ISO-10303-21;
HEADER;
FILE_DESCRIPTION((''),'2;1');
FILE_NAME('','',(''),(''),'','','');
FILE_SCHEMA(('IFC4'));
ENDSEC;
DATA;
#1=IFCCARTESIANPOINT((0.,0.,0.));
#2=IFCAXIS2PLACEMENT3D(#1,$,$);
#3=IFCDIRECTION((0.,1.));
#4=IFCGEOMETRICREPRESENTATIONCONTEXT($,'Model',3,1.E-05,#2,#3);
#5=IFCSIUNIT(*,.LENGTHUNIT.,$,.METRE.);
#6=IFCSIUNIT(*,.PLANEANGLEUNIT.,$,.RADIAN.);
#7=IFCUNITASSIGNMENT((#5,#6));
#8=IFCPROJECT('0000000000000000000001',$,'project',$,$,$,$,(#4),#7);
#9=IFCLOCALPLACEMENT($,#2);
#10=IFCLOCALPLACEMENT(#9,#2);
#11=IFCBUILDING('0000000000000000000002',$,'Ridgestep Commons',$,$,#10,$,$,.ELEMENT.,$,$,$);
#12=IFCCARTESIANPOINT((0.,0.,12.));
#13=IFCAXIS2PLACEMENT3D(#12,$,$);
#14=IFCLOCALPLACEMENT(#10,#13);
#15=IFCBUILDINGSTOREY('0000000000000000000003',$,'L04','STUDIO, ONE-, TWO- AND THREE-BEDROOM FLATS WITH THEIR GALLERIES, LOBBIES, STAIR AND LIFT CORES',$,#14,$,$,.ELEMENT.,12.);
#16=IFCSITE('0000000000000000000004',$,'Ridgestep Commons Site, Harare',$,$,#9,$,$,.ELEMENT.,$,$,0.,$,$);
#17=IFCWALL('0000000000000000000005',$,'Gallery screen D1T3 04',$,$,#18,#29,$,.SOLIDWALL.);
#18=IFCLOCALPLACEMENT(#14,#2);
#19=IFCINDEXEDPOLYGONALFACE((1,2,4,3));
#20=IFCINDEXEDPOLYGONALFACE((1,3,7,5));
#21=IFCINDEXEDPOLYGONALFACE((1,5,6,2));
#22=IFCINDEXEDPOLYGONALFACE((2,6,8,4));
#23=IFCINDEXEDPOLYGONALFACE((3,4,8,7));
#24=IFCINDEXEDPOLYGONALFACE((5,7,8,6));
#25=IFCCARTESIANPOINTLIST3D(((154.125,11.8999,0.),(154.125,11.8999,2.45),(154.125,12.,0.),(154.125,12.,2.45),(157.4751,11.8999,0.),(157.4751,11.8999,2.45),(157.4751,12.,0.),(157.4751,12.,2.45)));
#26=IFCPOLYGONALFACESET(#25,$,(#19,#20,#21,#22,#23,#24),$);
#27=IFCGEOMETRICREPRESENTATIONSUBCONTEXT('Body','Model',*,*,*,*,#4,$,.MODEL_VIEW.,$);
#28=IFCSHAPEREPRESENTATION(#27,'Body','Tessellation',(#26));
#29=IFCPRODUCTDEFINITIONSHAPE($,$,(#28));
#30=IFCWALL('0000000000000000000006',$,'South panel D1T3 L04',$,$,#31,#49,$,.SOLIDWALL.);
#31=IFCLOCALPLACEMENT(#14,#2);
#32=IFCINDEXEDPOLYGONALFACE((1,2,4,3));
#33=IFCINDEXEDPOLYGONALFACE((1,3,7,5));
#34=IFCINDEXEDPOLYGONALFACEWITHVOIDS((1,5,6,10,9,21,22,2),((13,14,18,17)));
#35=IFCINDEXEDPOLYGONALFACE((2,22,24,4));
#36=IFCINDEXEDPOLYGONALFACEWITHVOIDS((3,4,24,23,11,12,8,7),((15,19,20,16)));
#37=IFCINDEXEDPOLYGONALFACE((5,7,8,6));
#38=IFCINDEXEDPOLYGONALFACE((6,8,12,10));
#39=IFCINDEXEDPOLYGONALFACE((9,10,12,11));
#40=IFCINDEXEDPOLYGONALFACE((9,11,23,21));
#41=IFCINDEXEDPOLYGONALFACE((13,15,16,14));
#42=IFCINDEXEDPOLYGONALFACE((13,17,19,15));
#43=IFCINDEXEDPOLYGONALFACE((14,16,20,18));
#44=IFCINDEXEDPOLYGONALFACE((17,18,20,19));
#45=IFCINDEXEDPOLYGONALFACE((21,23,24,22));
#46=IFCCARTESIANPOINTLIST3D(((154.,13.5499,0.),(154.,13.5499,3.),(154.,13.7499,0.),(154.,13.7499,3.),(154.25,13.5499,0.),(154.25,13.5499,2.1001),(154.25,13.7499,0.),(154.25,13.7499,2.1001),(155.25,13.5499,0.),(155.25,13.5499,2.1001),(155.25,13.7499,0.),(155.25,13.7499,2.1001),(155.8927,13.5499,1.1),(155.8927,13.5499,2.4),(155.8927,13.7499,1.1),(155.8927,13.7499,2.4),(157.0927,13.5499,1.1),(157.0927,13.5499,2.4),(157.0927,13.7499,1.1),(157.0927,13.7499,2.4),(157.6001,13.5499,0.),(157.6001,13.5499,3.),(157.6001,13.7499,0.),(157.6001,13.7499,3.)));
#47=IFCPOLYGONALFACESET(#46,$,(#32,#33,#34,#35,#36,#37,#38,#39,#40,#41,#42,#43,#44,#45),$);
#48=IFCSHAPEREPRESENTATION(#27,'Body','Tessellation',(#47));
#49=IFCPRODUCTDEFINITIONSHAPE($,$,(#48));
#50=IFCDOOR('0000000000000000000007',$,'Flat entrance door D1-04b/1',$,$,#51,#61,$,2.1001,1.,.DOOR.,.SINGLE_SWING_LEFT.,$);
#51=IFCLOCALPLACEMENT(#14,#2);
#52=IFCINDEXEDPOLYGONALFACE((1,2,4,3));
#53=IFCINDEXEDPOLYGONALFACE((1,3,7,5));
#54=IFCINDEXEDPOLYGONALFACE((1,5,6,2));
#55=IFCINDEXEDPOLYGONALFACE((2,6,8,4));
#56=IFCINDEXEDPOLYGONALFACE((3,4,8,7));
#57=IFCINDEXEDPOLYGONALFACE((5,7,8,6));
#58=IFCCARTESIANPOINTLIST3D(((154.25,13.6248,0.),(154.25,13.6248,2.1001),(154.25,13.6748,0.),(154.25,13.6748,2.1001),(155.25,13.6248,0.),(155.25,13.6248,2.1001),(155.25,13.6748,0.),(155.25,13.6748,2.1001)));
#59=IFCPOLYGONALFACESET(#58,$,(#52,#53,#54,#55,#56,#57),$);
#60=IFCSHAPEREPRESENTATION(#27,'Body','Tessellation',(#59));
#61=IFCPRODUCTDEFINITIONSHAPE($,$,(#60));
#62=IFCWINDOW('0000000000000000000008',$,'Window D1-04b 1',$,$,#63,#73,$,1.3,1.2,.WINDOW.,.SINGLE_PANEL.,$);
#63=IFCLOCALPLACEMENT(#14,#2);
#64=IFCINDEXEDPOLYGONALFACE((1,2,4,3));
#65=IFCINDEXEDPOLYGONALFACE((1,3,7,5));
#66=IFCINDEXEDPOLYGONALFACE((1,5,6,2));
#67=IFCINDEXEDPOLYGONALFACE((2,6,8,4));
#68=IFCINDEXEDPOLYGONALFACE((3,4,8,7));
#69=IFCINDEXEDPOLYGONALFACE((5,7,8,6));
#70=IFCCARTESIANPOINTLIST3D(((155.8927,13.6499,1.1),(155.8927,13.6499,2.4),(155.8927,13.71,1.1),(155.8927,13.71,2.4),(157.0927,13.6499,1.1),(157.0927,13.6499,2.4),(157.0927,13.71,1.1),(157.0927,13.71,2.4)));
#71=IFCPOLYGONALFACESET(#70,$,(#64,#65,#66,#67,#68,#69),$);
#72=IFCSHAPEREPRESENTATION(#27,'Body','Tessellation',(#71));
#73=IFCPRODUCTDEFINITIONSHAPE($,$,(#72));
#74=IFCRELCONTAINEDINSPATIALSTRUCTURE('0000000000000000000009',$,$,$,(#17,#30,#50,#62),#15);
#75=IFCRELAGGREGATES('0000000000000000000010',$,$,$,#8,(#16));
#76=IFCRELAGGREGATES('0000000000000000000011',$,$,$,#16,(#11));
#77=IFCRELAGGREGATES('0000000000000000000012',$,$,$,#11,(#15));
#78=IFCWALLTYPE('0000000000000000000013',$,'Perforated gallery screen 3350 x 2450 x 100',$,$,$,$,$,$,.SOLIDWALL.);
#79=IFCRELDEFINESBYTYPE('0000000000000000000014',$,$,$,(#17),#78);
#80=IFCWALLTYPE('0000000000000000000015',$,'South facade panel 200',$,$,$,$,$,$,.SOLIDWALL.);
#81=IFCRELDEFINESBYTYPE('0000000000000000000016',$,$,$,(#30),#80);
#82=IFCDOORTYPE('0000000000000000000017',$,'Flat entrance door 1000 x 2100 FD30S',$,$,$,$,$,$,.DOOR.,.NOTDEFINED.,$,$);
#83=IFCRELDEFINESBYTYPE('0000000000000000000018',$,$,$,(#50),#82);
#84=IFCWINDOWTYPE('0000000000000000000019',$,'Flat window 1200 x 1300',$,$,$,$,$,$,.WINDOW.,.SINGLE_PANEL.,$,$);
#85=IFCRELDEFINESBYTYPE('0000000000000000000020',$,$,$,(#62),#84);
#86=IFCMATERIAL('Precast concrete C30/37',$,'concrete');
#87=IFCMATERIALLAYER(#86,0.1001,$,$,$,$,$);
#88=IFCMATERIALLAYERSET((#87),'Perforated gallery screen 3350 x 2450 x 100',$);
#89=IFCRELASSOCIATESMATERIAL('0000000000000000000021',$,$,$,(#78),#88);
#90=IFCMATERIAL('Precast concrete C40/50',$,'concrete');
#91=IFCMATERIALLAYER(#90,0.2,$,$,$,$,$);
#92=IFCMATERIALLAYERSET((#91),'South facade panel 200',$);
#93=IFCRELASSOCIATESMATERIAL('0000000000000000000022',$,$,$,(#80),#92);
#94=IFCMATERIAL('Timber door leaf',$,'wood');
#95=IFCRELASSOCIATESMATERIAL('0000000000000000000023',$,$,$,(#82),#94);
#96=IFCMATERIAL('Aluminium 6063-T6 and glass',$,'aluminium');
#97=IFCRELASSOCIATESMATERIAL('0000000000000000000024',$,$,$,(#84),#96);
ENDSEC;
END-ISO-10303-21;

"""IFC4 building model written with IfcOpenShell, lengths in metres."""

from ifc_helpers import new_model, si_unit, direction, frame, frame_2d, origin, place, context, subcontext, project, spatial, rectangle, extrude, material, layer, layer_set, type_object, element, fill, save


model = new_model("IFC4")

# Units and contexts
model_context = context("Model", 3, precision=1e-05, world=origin(), true_north=direction((0.0, 1.0)))
body_context = subcontext(model_context, "Body", "Model", "MODEL_VIEW")
ifc_project = project(units=[si_unit("LENGTHUNIT", "METRE"), si_unit("PLANEANGLEUNIT", "RADIAN")], contexts=[model_context])

# Site, building, storey
site_placement = place(None, origin())
site = spatial("IfcSite", under=ifc_project, at=site_placement, Name="Ridgestep Commons Site, Harare", CompositionType="ELEMENT", RefElevation=0.0)
building_placement = place(site_placement, origin())
building = spatial("IfcBuilding", under=site, at=building_placement, Name="Ridgestep Commons", CompositionType="ELEMENT")
storey_placement = place(building_placement, frame((0.0, 0.0, 12.0)))
storey = spatial("IfcBuildingStorey", under=building, at=storey_placement, Name="L04", Description="STUDIO, ONE-, TWO- AND THREE-BEDROOM FLATS WITH THEIR GALLERIES, LOBBIES, STAIR AND LIFT CORES", CompositionType="ELEMENT", Elevation=12.0)

# Wall
ifc_material_1 = material(Name="Precast concrete C30/37", Category="concrete")
ifc_layer_1 = layer(ifc_material_1, 0.1001)
ifc_layer_set_1 = layer_set([ifc_layer_1], Name="Perforated gallery screen 3350 x 2450 x 100")
wall_type_1 = type_object("IfcWallType", Name="Perforated gallery screen 3350 x 2450 x 100", PredefinedType="SOLIDWALL", material=ifc_layer_set_1)
wall_1_placement = place(storey_placement, frame((154.125, 11.95, 0.0), z_axis=(0.0, 0.0, 1.0), x_axis=(1.0, 0.0, 0.0)))
element("IfcWall", 1, at=wall_1_placement, inside=storey, type_object=wall_type_1, Name="Gallery screen D1T3 04", PredefinedType="SOLIDWALL", context=body_context, shape_type="SweptSolid", body=[
    extrude(rectangle(XDim=3.3501, YDim=0.1001, at=frame_2d((1.675, 0.0))), origin(), (0.0, 0.0, 1.0), 2.45),
])

# Wall, openings, door, window
ifc_material_2 = material(Name="Precast concrete C40/50", Category="concrete")
ifc_layer_2 = layer(ifc_material_2, 0.2)
ifc_layer_set_2 = layer_set([ifc_layer_2], Name="South facade panel 200")
wall_type_2 = type_object("IfcWallType", Name="South facade panel 200", PredefinedType="SOLIDWALL", material=ifc_layer_set_2)
wall_2_placement = place(storey_placement, frame((154.0, 13.6499, 0.0), z_axis=(0.0, 0.0, 1.0), x_axis=(1.0, 0.0, 0.0)))
wall_2 = element("IfcWall", 2, at=wall_2_placement, inside=storey, type_object=wall_type_2, Name="South panel D1T3 L04", PredefinedType="SOLIDWALL", context=body_context, shape_type="SweptSolid", body=[
    extrude(rectangle(XDim=3.6001, YDim=0.2, at=frame_2d((1.8, 0.0))), origin(), (0.0, 0.0, 1.0), 3.0),
])
opening_1_placement = place(wall_2_placement, frame((1.8926, 0.0, 1.1001)))
opening_1 = element("IfcOpeningElement", 3, at=opening_1_placement, cuts=wall_2, PredefinedType="OPENING", context=body_context, shape_type="SweptSolid", body=[
    extrude(rectangle(XDim=1.2, YDim=1.3, at=frame_2d((0.6001, 0.6499))), frame((0.0, 0.1099, 0.0), z_axis=(0.0, -1.0, 0.0), x_axis=(1.0, 0.0, 0.0)), (0.0, 0.0, 1.0), 0.22),
])
opening_2_placement = place(wall_2_placement, frame((0.25, 0.0, 0.0)))
opening_2 = element("IfcOpeningElement", 4, at=opening_2_placement, cuts=wall_2, PredefinedType="OPENING", context=body_context, shape_type="SweptSolid", body=[
    extrude(rectangle(XDim=1.0, YDim=2.1001, at=frame_2d((0.5, 1.05))), frame((0.0, 0.1099, 0.0), z_axis=(0.0, -1.0, 0.0), x_axis=(1.0, 0.0, 0.0)), (0.0, 0.0, 1.0), 0.22),
])
ifc_material_3 = material(Name="Timber door leaf", Category="wood")
door_type_1 = type_object("IfcDoorType", Name="Flat entrance door 1000 x 2100 FD30S", OperationType="NOTDEFINED", PredefinedType="DOOR", material=ifc_material_3)
door_1_placement = place(opening_2_placement, origin())
door_1 = element("IfcDoor", 5, at=door_1_placement, inside=storey, type_object=door_type_1, Name="Flat entrance door D1-04b/1", OperationType="SINGLE_SWING_LEFT", OverallHeight=2.1001, OverallWidth=1.0, PredefinedType="DOOR", context=body_context, shape_type="SweptSolid", body=[
    extrude(rectangle(XDim=1.0, YDim=2.1001, at=frame_2d((0.5, 1.05))), frame((0.0, 0.0249, 0.0), z_axis=(0.0, -1.0, 0.0), x_axis=(1.0, 0.0, 0.0)), (0.0, 0.0, 1.0), 0.05),
])
fill(opening_2, door_1)
ifc_material_4 = material(Name="Aluminium 6063-T6 and glass", Category="aluminium")
window_type = type_object("IfcWindowType", Name="Flat window 1200 x 1300", PartitioningType="SINGLE_PANEL", PredefinedType="WINDOW", material=ifc_material_4)
window_placement = place(opening_1_placement, origin())
window = element("IfcWindow", 6, at=window_placement, inside=storey, type_object=window_type, Name="Window D1-04b 1", OverallHeight=1.3, OverallWidth=1.2, PartitioningType="SINGLE_PANEL", PredefinedType="WINDOW", context=body_context, shape_type="SweptSolid", body=[
    extrude(rectangle(XDim=1.2, YDim=1.3, at=frame_2d((0.6001, 0.6499))), frame((0.0, 0.0601, 0.0), z_axis=(0.0, -1.0, 0.0), x_axis=(1.0, 0.0, 0.0)), (0.0, 0.0, 1.0), 0.0601),
])
fill(opening_1, window)

save(model, "model.ifc")
